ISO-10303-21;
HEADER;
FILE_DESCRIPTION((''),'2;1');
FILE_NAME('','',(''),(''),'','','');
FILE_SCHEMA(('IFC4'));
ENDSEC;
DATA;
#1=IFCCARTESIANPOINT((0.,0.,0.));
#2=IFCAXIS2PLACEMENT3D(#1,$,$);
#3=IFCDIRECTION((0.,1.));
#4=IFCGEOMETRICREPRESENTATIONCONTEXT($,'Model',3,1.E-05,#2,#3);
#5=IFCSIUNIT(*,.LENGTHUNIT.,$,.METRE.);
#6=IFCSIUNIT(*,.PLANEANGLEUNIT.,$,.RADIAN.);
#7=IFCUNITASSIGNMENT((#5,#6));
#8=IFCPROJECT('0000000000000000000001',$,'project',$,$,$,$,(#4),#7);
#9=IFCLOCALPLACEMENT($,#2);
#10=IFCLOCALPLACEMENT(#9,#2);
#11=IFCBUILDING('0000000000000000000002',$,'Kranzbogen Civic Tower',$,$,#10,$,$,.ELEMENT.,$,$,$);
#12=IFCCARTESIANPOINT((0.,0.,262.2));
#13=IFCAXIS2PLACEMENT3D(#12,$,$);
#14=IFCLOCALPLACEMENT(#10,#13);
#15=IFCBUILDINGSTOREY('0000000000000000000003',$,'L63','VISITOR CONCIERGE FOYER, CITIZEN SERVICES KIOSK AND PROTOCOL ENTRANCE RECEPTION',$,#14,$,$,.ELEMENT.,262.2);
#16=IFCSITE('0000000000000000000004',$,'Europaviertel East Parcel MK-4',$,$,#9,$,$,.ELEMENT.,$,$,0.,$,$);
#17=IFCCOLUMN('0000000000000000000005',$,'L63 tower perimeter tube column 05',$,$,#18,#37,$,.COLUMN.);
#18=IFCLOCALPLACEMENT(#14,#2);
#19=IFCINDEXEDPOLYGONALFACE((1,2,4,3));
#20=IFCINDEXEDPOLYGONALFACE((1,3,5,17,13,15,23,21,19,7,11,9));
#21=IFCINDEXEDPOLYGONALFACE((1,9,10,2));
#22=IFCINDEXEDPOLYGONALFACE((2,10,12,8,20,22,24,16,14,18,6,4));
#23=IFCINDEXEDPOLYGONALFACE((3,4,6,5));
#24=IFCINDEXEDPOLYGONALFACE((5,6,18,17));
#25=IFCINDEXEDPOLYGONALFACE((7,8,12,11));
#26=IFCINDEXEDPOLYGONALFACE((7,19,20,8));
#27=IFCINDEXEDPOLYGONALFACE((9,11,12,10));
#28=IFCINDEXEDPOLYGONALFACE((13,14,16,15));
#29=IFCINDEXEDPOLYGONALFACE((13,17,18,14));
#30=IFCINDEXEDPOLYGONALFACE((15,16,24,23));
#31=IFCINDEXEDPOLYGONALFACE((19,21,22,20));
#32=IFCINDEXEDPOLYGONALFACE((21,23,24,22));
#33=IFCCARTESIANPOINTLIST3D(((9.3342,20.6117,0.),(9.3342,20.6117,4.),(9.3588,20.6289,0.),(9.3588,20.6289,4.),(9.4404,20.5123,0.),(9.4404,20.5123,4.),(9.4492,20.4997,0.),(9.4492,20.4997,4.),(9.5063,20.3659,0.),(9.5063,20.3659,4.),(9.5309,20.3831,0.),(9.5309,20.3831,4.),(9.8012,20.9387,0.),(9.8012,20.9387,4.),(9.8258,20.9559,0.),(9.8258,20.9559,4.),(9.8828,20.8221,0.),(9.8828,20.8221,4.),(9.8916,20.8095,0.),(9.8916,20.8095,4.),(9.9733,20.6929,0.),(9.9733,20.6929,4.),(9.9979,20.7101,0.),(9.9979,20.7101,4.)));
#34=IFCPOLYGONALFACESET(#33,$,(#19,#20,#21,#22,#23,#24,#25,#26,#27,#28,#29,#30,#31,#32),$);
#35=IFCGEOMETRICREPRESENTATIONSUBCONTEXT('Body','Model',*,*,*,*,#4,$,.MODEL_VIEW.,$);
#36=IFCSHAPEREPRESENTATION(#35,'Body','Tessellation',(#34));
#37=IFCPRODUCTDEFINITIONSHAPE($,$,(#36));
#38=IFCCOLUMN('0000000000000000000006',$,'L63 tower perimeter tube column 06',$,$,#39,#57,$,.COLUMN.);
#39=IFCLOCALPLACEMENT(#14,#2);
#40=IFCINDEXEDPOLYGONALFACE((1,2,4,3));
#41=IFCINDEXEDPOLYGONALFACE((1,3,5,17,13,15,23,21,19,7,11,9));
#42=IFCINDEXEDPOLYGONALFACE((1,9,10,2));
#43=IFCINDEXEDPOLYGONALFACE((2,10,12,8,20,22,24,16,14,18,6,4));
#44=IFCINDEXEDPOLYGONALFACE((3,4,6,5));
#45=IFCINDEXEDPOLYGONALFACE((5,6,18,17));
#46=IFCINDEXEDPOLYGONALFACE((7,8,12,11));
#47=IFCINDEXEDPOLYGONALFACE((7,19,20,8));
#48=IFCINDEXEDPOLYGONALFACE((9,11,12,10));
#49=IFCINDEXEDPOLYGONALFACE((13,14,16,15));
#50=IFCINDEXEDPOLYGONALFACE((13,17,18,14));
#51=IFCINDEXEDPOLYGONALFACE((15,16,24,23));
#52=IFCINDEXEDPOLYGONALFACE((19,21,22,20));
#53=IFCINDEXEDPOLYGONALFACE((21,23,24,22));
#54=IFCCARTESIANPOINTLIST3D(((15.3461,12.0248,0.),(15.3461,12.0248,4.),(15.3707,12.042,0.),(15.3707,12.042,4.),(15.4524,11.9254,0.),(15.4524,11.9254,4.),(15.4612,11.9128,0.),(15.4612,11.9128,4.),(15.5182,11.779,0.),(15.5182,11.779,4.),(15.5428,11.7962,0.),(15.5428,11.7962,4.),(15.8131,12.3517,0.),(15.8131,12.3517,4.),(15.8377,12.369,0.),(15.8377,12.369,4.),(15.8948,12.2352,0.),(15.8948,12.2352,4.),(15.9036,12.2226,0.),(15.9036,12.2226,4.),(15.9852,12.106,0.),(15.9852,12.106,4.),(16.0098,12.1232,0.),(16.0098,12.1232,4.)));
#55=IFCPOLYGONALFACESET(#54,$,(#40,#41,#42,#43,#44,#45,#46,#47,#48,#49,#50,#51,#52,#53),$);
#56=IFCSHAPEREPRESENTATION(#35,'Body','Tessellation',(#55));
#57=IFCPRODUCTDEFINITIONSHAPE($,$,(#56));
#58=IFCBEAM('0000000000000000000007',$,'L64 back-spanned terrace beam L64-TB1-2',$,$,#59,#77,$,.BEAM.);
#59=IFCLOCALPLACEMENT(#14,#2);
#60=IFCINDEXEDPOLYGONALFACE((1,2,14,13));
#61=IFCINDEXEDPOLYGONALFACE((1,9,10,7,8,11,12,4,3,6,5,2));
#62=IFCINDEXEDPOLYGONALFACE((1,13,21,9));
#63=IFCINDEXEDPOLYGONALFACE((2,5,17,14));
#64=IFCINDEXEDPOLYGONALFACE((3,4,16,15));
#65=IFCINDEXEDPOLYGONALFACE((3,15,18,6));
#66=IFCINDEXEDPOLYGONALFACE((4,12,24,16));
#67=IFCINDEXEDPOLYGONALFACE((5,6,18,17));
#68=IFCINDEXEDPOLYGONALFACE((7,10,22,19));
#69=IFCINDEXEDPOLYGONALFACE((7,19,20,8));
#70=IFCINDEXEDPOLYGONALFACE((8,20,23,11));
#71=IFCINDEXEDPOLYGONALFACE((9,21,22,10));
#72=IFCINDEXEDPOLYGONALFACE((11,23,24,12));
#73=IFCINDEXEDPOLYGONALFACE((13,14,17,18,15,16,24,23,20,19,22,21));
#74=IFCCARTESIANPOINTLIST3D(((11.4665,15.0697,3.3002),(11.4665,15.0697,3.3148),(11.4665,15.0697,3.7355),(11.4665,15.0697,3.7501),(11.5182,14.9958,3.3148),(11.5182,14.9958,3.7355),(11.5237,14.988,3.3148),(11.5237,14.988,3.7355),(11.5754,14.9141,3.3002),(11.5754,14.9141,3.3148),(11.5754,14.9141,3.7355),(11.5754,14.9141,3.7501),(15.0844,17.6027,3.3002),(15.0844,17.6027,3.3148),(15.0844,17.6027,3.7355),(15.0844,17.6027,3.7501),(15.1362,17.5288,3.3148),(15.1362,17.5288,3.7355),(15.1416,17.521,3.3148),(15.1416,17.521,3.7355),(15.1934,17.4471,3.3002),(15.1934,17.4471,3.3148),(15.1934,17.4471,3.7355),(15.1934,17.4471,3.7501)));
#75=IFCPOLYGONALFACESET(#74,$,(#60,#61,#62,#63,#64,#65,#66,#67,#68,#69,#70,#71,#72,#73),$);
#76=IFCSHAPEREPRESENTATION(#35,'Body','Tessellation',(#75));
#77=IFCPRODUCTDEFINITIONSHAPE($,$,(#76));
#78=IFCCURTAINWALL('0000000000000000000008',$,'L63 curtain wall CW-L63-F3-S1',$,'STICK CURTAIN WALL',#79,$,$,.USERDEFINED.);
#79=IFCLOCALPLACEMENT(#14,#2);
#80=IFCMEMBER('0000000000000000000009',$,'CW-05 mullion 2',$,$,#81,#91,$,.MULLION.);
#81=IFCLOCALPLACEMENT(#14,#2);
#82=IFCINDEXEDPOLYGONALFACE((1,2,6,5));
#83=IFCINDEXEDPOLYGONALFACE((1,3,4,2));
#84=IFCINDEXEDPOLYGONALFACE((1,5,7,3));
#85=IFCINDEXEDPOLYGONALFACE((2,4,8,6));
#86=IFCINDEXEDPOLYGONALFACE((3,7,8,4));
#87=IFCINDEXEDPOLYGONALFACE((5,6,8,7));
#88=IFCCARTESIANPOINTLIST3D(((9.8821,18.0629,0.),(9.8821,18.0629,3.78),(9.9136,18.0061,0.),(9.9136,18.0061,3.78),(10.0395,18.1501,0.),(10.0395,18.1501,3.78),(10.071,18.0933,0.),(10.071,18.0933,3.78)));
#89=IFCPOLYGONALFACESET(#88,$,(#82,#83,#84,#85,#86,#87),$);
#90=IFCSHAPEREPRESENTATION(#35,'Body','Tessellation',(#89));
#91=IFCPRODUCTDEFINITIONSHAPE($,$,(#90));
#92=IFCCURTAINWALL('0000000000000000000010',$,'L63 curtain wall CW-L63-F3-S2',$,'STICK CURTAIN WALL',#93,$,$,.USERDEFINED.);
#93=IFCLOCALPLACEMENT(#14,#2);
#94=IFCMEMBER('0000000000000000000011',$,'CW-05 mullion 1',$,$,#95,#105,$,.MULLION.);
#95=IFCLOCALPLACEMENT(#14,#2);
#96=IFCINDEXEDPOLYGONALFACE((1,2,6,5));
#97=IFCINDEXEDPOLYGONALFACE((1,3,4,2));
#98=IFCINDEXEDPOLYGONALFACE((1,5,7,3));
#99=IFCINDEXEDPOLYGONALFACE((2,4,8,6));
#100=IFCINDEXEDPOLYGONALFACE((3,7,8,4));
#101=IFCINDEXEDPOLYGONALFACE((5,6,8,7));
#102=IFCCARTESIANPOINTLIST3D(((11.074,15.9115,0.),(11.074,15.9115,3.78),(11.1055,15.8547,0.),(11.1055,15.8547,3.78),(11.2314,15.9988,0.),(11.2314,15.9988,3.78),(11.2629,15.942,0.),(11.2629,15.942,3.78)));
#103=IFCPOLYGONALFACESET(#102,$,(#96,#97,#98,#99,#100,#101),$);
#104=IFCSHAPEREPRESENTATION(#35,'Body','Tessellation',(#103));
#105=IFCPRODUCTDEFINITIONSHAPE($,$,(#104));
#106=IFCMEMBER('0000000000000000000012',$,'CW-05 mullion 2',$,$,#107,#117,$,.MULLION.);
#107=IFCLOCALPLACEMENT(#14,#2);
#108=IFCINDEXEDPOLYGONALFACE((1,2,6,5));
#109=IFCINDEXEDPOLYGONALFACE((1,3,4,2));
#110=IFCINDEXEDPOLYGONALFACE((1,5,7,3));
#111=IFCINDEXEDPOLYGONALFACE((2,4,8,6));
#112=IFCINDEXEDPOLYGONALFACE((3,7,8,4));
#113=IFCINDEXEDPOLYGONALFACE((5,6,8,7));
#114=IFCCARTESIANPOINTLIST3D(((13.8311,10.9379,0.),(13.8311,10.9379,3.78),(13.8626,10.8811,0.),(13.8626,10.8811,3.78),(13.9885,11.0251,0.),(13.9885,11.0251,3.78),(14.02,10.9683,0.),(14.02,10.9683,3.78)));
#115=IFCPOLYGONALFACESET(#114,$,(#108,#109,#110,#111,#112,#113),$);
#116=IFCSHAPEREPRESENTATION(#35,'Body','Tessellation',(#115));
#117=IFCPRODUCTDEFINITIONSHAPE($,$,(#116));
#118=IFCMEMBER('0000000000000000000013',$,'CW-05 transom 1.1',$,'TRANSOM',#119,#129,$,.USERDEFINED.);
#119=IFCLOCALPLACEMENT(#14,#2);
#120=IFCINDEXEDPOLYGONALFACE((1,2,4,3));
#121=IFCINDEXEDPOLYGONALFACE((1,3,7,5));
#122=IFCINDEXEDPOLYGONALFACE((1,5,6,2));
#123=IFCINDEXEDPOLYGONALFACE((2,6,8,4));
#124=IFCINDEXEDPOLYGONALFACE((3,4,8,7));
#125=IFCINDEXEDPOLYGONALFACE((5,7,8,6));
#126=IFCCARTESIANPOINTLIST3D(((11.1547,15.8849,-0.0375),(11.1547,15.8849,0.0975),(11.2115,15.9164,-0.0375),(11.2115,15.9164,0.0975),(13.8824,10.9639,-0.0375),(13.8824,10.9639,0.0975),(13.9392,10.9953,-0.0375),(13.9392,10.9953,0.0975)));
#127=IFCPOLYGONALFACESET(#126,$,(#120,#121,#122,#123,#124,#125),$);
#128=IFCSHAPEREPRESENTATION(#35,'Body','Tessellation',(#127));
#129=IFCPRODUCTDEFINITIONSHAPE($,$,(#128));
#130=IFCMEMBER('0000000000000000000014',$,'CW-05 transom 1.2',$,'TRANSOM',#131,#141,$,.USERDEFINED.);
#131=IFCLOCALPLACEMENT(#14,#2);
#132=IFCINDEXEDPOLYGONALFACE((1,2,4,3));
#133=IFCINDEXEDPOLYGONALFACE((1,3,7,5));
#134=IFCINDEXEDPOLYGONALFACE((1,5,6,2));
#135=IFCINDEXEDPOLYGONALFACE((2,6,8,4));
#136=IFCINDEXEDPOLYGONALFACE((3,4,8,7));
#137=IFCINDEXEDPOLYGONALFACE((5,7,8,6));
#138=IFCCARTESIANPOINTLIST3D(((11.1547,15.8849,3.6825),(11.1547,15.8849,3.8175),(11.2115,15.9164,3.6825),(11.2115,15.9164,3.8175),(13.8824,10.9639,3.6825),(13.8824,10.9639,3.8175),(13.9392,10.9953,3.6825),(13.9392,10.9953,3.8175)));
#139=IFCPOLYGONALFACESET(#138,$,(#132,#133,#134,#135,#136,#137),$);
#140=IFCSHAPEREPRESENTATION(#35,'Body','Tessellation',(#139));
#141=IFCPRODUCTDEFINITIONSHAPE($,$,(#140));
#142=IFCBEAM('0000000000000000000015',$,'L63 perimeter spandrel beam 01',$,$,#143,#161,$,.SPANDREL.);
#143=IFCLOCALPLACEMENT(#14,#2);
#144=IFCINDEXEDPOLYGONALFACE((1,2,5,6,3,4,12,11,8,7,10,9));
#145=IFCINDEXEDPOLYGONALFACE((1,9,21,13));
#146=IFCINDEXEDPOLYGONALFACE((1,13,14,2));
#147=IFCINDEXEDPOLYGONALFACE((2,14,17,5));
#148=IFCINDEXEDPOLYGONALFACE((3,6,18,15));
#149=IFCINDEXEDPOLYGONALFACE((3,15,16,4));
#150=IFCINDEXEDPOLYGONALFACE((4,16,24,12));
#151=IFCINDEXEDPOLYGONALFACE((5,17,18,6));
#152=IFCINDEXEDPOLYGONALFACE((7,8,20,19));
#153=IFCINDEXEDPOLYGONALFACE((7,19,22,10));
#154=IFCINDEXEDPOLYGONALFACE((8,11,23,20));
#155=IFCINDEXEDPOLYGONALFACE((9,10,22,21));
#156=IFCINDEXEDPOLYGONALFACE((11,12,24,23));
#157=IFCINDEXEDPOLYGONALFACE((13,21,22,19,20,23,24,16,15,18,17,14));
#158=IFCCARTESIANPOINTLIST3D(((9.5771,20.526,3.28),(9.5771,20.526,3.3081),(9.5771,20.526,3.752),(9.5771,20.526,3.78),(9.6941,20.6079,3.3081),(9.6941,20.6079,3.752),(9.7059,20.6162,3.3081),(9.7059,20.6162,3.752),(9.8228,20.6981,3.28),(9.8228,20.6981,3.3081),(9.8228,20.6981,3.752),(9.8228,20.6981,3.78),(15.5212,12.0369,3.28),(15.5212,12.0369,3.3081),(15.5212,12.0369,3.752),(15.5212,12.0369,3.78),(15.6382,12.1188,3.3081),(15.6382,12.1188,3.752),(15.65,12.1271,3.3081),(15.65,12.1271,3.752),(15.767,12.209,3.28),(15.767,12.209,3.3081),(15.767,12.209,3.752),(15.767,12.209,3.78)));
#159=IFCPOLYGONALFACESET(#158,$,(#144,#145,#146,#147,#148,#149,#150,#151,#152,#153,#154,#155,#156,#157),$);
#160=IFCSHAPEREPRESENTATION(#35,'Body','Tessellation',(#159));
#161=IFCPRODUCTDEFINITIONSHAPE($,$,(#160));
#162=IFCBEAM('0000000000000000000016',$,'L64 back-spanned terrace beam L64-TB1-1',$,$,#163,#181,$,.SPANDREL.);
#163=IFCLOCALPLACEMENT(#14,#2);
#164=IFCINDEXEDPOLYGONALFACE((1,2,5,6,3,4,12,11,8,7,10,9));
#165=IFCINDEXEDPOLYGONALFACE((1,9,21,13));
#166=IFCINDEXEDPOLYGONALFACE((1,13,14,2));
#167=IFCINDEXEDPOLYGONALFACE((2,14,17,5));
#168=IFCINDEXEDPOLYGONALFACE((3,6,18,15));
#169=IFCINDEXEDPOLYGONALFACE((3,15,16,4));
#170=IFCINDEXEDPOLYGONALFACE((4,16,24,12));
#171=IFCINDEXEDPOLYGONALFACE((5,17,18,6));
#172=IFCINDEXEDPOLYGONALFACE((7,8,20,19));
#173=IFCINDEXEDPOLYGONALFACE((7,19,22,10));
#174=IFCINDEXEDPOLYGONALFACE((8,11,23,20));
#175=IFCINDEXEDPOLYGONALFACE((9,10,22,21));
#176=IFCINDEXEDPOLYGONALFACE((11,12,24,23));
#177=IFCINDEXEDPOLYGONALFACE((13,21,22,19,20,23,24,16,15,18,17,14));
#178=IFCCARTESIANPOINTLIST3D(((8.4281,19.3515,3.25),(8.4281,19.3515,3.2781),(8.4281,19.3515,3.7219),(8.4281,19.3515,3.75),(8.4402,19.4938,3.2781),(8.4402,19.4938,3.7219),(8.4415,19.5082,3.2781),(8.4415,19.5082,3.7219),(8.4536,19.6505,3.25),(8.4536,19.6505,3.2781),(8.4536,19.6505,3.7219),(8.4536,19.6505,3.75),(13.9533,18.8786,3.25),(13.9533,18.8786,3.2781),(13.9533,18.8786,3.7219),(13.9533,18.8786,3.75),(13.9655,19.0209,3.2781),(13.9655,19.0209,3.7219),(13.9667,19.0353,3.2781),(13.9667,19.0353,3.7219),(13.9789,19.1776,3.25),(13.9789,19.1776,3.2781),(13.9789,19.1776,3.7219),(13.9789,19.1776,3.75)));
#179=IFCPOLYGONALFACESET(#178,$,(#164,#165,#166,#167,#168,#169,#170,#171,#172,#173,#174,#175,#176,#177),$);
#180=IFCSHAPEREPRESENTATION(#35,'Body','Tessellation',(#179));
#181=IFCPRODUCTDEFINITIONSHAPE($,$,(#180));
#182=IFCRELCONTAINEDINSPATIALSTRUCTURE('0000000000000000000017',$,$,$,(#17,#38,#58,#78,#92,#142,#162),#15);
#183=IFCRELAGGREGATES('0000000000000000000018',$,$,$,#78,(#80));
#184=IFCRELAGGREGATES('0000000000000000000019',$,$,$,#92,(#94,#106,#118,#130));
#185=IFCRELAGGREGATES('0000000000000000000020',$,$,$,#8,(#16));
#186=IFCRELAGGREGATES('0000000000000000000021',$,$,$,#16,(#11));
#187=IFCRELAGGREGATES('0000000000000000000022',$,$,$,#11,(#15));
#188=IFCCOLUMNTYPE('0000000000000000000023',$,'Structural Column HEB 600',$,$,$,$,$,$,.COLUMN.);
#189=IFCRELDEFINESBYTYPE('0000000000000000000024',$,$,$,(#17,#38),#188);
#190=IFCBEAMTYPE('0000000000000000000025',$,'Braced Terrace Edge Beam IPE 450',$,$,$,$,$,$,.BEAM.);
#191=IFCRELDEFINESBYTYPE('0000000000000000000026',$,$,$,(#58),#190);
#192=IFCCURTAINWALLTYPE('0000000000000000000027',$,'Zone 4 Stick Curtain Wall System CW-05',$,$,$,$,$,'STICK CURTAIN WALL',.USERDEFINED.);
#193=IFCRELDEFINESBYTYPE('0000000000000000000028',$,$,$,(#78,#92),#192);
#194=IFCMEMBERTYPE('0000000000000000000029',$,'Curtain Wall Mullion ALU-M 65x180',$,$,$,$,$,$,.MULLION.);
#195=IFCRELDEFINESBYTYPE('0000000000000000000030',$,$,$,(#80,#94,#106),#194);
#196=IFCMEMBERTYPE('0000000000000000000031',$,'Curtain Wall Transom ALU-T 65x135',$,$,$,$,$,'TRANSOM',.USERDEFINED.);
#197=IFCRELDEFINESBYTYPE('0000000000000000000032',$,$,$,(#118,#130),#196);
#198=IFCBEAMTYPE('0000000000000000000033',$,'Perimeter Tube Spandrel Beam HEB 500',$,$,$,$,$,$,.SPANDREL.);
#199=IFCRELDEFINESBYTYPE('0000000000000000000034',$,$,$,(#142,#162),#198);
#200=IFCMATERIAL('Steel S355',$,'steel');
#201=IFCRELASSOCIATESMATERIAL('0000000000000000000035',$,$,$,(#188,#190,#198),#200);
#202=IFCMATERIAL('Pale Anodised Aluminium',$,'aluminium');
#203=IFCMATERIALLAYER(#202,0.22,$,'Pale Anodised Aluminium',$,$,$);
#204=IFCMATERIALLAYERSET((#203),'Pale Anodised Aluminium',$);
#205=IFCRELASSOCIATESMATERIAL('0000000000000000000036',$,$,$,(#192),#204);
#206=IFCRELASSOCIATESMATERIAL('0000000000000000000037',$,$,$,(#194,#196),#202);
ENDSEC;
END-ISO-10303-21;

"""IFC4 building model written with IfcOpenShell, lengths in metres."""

from ifc_helpers import new_model, si_unit, direction, frame, origin, origin_2d, place, context, subcontext, project, spatial, rectangle, i_section, extrude, material, layer, layer_set, material_profile, profile_set, type_object, element, aggregate, save


model = new_model("IFC4")

# Units and contexts
model_context = context("Model", 3, precision=1e-05, world=origin(), true_north=direction((0.0, 1.0)))
body_context = subcontext(model_context, "Body", "Model", "MODEL_VIEW")
ifc_project = project(units=[si_unit("LENGTHUNIT", "METRE"), si_unit("PLANEANGLEUNIT", "RADIAN")], contexts=[model_context])

# Site, building, storey
site_placement = place(None, origin())
site = spatial("IfcSite", under=ifc_project, at=site_placement, Name="Europaviertel East Parcel MK-4", CompositionType="ELEMENT", RefElevation=0.0)
building_placement = place(site_placement, origin())
building = spatial("IfcBuilding", under=site, at=building_placement, Name="Kranzbogen Civic Tower", CompositionType="ELEMENT")
storey_placement = place(building_placement, frame((0.0, 0.0, 262.2)))
storey = spatial("IfcBuildingStorey", under=building, at=storey_placement, Name="L63", Description="VISITOR CONCIERGE FOYER, CITIZEN SERVICES KIOSK AND PROTOCOL ENTRANCE RECEPTION", CompositionType="ELEMENT", Elevation=262.2)

# Columns
ifc_material_1 = material(Name="Steel S355", Category="steel")
ifc_material_profile_1 = material_profile(ifc_material_1, i_section(OverallWidth=0.3, OverallDepth=0.6001, WebThickness=0.0154, FlangeThickness=0.03, at=origin_2d()), Name="HEB 600")
ifc_profile_set_1 = profile_set([ifc_material_profile_1], Name="Steel S355")
column_type = type_object("IfcColumnType", Name="Structural Column HEB 600", PredefinedType="COLUMN", material=ifc_profile_set_1)
for number, where, z_axis, x_axis, name in (
    (1, (9.666, 20.6609, 0.0), (0.0, 0.0, 1.0), (-0.573576, 0.819152, 0.0), "L63 tower perimeter tube column 05"),
    (2, (15.678, 12.074, 0.0), (0.0, 0.0, 1.0), (-0.573576, 0.819152, 0.0), "L63 tower perimeter tube column 06"),
):
    element("IfcColumn", number, at=place(storey_placement, frame(where, z_axis=z_axis, x_axis=x_axis)), inside=storey, type_object=column_type, Name=name, PredefinedType="COLUMN", context=body_context, shape_type="SweptSolid", body=[
        extrude(i_section(OverallWidth=0.3, OverallDepth=0.6001, WebThickness=0.0154, FlangeThickness=0.03, at=origin_2d()), origin(), (0.0, 0.0, 1.0), 4.0),
    ])

# Beam
ifc_material_profile_2 = material_profile(ifc_material_1, i_section(OverallWidth=0.1899, OverallDepth=0.45, WebThickness=0.0095, FlangeThickness=0.0146, at=origin_2d()), Name="IPE 450")
ifc_profile_set_2 = profile_set([ifc_material_profile_2], Name="Steel S355")
beam_type_1 = type_object("IfcBeamType", Name="Braced Terrace Edge Beam IPE 450", PredefinedType="BEAM", material=ifc_profile_set_2)
beam_1_placement = place(storey_placement, frame((15.1389, 17.5249, 3.5251), z_axis=(-0.819188, -0.573525, 0.0), x_axis=(0.573525, -0.819188, 0.0)))
element("IfcBeam", 3, at=beam_1_placement, inside=storey, type_object=beam_type_1, Name="L64 back-spanned terrace beam L64-TB1-2", PredefinedType="BEAM", context=body_context, shape_type="SweptSolid", body=[
    extrude(i_section(OverallWidth=0.1899, OverallDepth=0.45, WebThickness=0.0095, FlangeThickness=0.0146, at=origin_2d()), origin(), (0.0, 0.0, 1.0), 4.4165),
])

# Curtain wall, member
ifc_material_2 = material(Name="Pale Anodised Aluminium", Category="aluminium")
ifc_layer_1 = layer(ifc_material_2, 0.22, Name="Pale Anodised Aluminium")
ifc_layer_set_1 = layer_set([ifc_layer_1], Name="Pale Anodised Aluminium")
curtain_wall_type = type_object("IfcCurtainWallType", Name="Zone 4 Stick Curtain Wall System CW-05", ElementType="STICK CURTAIN WALL", PredefinedType="USERDEFINED", material=ifc_layer_set_1)
curtain_wall_1_placement = place(storey_placement, origin())
curtain_wall_1 = element("IfcCurtainWall", 4, at=curtain_wall_1_placement, inside=storey, type_object=curtain_wall_type, Name="L63 curtain wall CW-L63-F3-S1", ObjectType="STICK CURTAIN WALL", PredefinedType="USERDEFINED")
ifc_material_profile_3 = material_profile(ifc_material_2, rectangle(XDim=0.0649, YDim=0.1799, at=origin_2d()), Name="ALU-M 65x180")
ifc_profile_set_3 = profile_set([ifc_material_profile_3], Name="Pale Anodised Aluminium")
member_type_1 = type_object("IfcMemberType", Name="Curtain Wall Mullion ALU-M 65x180", PredefinedType="MULLION", material=ifc_profile_set_3)
member_1_placement = place(storey_placement, frame((9.9766, 18.0781, 0.0), z_axis=(0.0, 0.0, 1.0), x_axis=(0.484815, -0.874617, 0.0)))
member_1 = element("IfcMember", 5, at=member_1_placement, type_object=member_type_1, Name="CW-05 mullion 2", PredefinedType="MULLION", context=body_context, shape_type="SweptSolid", body=[
    extrude(rectangle(XDim=0.0649, YDim=0.1799, at=origin_2d()), origin(), (0.0, 0.0, 1.0), 3.78),
])

# Curtain wall, members
curtain_wall_2_placement = place(storey_placement, origin())
curtain_wall_2 = element("IfcCurtainWall", 6, at=curtain_wall_2_placement, inside=storey, type_object=curtain_wall_type, Name="L63 curtain wall CW-L63-F3-S2", ObjectType="STICK CURTAIN WALL", PredefinedType="USERDEFINED")
member_2_placement = place(storey_placement, frame((11.1685, 15.9268, 0.0), z_axis=(0.0, 0.0, 1.0), x_axis=(0.484815, -0.874617, 0.0)))
member_2 = element("IfcMember", 7, at=member_2_placement, type_object=member_type_1, Name="CW-05 mullion 1", PredefinedType="MULLION", context=body_context, shape_type="SweptSolid", body=[
    extrude(rectangle(XDim=0.0649, YDim=0.1799, at=origin_2d()), origin(), (0.0, 0.0, 1.0), 3.78),
])
member_3_placement = place(storey_placement, frame((13.9255, 10.9531, 0.0), z_axis=(0.0, 0.0, 1.0), x_axis=(0.484815, -0.874617, 0.0)))
member_3 = element("IfcMember", 8, at=member_3_placement, type_object=member_type_1, Name="CW-05 mullion 2", PredefinedType="MULLION", context=body_context, shape_type="SweptSolid", body=[
    extrude(rectangle(XDim=0.0649, YDim=0.1799, at=origin_2d()), origin(), (0.0, 0.0, 1.0), 3.78),
])
ifc_material_profile_4 = material_profile(ifc_material_2, rectangle(XDim=0.0649, YDim=0.135, at=origin_2d()), Name="ALU-T 65x135")
ifc_profile_set_4 = profile_set([ifc_material_profile_4], Name="Pale Anodised Aluminium")
member_type_2 = type_object("IfcMemberType", Name="Curtain Wall Transom ALU-T 65x135", ElementType="TRANSOM", PredefinedType="USERDEFINED", material=ifc_profile_set_4)
member_4_placement = place(storey_placement, frame((11.1831, 15.9006, 0.03), z_axis=(0.484803, -0.874624, 0.0), x_axis=(0.874624, 0.484803, 0.0)))
member_4 = element("IfcMember", 9, at=member_4_placement, type_object=member_type_2, Name="CW-05 transom 1.1", ObjectType="TRANSOM", PredefinedType="USERDEFINED", context=body_context, shape_type="SweptSolid", body=[
    extrude(rectangle(XDim=0.0649, YDim=0.135, at=origin_2d()), origin(), (0.0, 0.0, 1.0), 5.6265),
])
member_5_placement = place(storey_placement, frame((11.1831, 15.9006, 3.75), z_axis=(0.484803, -0.874624, 0.0), x_axis=(0.874624, 0.484803, 0.0)))
member_5 = element("IfcMember", 10, at=member_5_placement, type_object=member_type_2, Name="CW-05 transom 1.2", ObjectType="TRANSOM", PredefinedType="USERDEFINED", context=body_context, shape_type="SweptSolid", body=[
    extrude(rectangle(XDim=0.0649, YDim=0.135, at=origin_2d()), origin(), (0.0, 0.0, 1.0), 5.6265),
])

# Beams
ifc_material_profile_5 = material_profile(ifc_material_1, i_section(OverallWidth=0.3, OverallDepth=0.5, WebThickness=0.0144, FlangeThickness=0.0281, at=origin_2d()), Name="HEB 500")
ifc_profile_set_5 = profile_set([ifc_material_profile_5], Name="Steel S355")
beam_type_2 = type_object("IfcBeamType", Name="Perimeter Tube Spandrel Beam HEB 500", PredefinedType="SPANDREL", material=ifc_profile_set_5)
beam_2_placement = place(storey_placement, frame((9.7, 20.6121, 3.53), z_axis=(0.573578, -0.819151, 0.0), x_axis=(0.819151, 0.573578, 0.0)))
element("IfcBeam", 11, at=beam_2_placement, inside=storey, type_object=beam_type_2, Name="L63 perimeter spandrel beam 01", PredefinedType="SPANDREL", context=body_context, shape_type="SweptSolid", body=[
    extrude(i_section(OverallWidth=0.3, OverallDepth=0.5, WebThickness=0.0144, FlangeThickness=0.0281, at=origin_2d()), origin(), (0.0, 0.0, 1.0), 10.3633),
])
beam_3_placement = place(storey_placement, frame((13.9661, 19.0281, 3.5), z_axis=(-0.996357, 0.085279, 0.0), x_axis=(-0.085279, -0.996357, 0.0)))
element("IfcBeam", 12, at=beam_3_placement, inside=storey, type_object=beam_type_2, Name="L64 back-spanned terrace beam L64-TB1-1", PredefinedType="SPANDREL", context=body_context, shape_type="SweptSolid", body=[
    extrude(i_section(OverallWidth=0.3, OverallDepth=0.5, WebThickness=0.0144, FlangeThickness=0.0281, at=origin_2d()), origin(), (0.0, 0.0, 1.0), 5.5454),
])

aggregate(curtain_wall_1, [member_1])
aggregate(curtain_wall_2, [member_2, member_3, member_4, member_5])

save(model, "model.ifc")
